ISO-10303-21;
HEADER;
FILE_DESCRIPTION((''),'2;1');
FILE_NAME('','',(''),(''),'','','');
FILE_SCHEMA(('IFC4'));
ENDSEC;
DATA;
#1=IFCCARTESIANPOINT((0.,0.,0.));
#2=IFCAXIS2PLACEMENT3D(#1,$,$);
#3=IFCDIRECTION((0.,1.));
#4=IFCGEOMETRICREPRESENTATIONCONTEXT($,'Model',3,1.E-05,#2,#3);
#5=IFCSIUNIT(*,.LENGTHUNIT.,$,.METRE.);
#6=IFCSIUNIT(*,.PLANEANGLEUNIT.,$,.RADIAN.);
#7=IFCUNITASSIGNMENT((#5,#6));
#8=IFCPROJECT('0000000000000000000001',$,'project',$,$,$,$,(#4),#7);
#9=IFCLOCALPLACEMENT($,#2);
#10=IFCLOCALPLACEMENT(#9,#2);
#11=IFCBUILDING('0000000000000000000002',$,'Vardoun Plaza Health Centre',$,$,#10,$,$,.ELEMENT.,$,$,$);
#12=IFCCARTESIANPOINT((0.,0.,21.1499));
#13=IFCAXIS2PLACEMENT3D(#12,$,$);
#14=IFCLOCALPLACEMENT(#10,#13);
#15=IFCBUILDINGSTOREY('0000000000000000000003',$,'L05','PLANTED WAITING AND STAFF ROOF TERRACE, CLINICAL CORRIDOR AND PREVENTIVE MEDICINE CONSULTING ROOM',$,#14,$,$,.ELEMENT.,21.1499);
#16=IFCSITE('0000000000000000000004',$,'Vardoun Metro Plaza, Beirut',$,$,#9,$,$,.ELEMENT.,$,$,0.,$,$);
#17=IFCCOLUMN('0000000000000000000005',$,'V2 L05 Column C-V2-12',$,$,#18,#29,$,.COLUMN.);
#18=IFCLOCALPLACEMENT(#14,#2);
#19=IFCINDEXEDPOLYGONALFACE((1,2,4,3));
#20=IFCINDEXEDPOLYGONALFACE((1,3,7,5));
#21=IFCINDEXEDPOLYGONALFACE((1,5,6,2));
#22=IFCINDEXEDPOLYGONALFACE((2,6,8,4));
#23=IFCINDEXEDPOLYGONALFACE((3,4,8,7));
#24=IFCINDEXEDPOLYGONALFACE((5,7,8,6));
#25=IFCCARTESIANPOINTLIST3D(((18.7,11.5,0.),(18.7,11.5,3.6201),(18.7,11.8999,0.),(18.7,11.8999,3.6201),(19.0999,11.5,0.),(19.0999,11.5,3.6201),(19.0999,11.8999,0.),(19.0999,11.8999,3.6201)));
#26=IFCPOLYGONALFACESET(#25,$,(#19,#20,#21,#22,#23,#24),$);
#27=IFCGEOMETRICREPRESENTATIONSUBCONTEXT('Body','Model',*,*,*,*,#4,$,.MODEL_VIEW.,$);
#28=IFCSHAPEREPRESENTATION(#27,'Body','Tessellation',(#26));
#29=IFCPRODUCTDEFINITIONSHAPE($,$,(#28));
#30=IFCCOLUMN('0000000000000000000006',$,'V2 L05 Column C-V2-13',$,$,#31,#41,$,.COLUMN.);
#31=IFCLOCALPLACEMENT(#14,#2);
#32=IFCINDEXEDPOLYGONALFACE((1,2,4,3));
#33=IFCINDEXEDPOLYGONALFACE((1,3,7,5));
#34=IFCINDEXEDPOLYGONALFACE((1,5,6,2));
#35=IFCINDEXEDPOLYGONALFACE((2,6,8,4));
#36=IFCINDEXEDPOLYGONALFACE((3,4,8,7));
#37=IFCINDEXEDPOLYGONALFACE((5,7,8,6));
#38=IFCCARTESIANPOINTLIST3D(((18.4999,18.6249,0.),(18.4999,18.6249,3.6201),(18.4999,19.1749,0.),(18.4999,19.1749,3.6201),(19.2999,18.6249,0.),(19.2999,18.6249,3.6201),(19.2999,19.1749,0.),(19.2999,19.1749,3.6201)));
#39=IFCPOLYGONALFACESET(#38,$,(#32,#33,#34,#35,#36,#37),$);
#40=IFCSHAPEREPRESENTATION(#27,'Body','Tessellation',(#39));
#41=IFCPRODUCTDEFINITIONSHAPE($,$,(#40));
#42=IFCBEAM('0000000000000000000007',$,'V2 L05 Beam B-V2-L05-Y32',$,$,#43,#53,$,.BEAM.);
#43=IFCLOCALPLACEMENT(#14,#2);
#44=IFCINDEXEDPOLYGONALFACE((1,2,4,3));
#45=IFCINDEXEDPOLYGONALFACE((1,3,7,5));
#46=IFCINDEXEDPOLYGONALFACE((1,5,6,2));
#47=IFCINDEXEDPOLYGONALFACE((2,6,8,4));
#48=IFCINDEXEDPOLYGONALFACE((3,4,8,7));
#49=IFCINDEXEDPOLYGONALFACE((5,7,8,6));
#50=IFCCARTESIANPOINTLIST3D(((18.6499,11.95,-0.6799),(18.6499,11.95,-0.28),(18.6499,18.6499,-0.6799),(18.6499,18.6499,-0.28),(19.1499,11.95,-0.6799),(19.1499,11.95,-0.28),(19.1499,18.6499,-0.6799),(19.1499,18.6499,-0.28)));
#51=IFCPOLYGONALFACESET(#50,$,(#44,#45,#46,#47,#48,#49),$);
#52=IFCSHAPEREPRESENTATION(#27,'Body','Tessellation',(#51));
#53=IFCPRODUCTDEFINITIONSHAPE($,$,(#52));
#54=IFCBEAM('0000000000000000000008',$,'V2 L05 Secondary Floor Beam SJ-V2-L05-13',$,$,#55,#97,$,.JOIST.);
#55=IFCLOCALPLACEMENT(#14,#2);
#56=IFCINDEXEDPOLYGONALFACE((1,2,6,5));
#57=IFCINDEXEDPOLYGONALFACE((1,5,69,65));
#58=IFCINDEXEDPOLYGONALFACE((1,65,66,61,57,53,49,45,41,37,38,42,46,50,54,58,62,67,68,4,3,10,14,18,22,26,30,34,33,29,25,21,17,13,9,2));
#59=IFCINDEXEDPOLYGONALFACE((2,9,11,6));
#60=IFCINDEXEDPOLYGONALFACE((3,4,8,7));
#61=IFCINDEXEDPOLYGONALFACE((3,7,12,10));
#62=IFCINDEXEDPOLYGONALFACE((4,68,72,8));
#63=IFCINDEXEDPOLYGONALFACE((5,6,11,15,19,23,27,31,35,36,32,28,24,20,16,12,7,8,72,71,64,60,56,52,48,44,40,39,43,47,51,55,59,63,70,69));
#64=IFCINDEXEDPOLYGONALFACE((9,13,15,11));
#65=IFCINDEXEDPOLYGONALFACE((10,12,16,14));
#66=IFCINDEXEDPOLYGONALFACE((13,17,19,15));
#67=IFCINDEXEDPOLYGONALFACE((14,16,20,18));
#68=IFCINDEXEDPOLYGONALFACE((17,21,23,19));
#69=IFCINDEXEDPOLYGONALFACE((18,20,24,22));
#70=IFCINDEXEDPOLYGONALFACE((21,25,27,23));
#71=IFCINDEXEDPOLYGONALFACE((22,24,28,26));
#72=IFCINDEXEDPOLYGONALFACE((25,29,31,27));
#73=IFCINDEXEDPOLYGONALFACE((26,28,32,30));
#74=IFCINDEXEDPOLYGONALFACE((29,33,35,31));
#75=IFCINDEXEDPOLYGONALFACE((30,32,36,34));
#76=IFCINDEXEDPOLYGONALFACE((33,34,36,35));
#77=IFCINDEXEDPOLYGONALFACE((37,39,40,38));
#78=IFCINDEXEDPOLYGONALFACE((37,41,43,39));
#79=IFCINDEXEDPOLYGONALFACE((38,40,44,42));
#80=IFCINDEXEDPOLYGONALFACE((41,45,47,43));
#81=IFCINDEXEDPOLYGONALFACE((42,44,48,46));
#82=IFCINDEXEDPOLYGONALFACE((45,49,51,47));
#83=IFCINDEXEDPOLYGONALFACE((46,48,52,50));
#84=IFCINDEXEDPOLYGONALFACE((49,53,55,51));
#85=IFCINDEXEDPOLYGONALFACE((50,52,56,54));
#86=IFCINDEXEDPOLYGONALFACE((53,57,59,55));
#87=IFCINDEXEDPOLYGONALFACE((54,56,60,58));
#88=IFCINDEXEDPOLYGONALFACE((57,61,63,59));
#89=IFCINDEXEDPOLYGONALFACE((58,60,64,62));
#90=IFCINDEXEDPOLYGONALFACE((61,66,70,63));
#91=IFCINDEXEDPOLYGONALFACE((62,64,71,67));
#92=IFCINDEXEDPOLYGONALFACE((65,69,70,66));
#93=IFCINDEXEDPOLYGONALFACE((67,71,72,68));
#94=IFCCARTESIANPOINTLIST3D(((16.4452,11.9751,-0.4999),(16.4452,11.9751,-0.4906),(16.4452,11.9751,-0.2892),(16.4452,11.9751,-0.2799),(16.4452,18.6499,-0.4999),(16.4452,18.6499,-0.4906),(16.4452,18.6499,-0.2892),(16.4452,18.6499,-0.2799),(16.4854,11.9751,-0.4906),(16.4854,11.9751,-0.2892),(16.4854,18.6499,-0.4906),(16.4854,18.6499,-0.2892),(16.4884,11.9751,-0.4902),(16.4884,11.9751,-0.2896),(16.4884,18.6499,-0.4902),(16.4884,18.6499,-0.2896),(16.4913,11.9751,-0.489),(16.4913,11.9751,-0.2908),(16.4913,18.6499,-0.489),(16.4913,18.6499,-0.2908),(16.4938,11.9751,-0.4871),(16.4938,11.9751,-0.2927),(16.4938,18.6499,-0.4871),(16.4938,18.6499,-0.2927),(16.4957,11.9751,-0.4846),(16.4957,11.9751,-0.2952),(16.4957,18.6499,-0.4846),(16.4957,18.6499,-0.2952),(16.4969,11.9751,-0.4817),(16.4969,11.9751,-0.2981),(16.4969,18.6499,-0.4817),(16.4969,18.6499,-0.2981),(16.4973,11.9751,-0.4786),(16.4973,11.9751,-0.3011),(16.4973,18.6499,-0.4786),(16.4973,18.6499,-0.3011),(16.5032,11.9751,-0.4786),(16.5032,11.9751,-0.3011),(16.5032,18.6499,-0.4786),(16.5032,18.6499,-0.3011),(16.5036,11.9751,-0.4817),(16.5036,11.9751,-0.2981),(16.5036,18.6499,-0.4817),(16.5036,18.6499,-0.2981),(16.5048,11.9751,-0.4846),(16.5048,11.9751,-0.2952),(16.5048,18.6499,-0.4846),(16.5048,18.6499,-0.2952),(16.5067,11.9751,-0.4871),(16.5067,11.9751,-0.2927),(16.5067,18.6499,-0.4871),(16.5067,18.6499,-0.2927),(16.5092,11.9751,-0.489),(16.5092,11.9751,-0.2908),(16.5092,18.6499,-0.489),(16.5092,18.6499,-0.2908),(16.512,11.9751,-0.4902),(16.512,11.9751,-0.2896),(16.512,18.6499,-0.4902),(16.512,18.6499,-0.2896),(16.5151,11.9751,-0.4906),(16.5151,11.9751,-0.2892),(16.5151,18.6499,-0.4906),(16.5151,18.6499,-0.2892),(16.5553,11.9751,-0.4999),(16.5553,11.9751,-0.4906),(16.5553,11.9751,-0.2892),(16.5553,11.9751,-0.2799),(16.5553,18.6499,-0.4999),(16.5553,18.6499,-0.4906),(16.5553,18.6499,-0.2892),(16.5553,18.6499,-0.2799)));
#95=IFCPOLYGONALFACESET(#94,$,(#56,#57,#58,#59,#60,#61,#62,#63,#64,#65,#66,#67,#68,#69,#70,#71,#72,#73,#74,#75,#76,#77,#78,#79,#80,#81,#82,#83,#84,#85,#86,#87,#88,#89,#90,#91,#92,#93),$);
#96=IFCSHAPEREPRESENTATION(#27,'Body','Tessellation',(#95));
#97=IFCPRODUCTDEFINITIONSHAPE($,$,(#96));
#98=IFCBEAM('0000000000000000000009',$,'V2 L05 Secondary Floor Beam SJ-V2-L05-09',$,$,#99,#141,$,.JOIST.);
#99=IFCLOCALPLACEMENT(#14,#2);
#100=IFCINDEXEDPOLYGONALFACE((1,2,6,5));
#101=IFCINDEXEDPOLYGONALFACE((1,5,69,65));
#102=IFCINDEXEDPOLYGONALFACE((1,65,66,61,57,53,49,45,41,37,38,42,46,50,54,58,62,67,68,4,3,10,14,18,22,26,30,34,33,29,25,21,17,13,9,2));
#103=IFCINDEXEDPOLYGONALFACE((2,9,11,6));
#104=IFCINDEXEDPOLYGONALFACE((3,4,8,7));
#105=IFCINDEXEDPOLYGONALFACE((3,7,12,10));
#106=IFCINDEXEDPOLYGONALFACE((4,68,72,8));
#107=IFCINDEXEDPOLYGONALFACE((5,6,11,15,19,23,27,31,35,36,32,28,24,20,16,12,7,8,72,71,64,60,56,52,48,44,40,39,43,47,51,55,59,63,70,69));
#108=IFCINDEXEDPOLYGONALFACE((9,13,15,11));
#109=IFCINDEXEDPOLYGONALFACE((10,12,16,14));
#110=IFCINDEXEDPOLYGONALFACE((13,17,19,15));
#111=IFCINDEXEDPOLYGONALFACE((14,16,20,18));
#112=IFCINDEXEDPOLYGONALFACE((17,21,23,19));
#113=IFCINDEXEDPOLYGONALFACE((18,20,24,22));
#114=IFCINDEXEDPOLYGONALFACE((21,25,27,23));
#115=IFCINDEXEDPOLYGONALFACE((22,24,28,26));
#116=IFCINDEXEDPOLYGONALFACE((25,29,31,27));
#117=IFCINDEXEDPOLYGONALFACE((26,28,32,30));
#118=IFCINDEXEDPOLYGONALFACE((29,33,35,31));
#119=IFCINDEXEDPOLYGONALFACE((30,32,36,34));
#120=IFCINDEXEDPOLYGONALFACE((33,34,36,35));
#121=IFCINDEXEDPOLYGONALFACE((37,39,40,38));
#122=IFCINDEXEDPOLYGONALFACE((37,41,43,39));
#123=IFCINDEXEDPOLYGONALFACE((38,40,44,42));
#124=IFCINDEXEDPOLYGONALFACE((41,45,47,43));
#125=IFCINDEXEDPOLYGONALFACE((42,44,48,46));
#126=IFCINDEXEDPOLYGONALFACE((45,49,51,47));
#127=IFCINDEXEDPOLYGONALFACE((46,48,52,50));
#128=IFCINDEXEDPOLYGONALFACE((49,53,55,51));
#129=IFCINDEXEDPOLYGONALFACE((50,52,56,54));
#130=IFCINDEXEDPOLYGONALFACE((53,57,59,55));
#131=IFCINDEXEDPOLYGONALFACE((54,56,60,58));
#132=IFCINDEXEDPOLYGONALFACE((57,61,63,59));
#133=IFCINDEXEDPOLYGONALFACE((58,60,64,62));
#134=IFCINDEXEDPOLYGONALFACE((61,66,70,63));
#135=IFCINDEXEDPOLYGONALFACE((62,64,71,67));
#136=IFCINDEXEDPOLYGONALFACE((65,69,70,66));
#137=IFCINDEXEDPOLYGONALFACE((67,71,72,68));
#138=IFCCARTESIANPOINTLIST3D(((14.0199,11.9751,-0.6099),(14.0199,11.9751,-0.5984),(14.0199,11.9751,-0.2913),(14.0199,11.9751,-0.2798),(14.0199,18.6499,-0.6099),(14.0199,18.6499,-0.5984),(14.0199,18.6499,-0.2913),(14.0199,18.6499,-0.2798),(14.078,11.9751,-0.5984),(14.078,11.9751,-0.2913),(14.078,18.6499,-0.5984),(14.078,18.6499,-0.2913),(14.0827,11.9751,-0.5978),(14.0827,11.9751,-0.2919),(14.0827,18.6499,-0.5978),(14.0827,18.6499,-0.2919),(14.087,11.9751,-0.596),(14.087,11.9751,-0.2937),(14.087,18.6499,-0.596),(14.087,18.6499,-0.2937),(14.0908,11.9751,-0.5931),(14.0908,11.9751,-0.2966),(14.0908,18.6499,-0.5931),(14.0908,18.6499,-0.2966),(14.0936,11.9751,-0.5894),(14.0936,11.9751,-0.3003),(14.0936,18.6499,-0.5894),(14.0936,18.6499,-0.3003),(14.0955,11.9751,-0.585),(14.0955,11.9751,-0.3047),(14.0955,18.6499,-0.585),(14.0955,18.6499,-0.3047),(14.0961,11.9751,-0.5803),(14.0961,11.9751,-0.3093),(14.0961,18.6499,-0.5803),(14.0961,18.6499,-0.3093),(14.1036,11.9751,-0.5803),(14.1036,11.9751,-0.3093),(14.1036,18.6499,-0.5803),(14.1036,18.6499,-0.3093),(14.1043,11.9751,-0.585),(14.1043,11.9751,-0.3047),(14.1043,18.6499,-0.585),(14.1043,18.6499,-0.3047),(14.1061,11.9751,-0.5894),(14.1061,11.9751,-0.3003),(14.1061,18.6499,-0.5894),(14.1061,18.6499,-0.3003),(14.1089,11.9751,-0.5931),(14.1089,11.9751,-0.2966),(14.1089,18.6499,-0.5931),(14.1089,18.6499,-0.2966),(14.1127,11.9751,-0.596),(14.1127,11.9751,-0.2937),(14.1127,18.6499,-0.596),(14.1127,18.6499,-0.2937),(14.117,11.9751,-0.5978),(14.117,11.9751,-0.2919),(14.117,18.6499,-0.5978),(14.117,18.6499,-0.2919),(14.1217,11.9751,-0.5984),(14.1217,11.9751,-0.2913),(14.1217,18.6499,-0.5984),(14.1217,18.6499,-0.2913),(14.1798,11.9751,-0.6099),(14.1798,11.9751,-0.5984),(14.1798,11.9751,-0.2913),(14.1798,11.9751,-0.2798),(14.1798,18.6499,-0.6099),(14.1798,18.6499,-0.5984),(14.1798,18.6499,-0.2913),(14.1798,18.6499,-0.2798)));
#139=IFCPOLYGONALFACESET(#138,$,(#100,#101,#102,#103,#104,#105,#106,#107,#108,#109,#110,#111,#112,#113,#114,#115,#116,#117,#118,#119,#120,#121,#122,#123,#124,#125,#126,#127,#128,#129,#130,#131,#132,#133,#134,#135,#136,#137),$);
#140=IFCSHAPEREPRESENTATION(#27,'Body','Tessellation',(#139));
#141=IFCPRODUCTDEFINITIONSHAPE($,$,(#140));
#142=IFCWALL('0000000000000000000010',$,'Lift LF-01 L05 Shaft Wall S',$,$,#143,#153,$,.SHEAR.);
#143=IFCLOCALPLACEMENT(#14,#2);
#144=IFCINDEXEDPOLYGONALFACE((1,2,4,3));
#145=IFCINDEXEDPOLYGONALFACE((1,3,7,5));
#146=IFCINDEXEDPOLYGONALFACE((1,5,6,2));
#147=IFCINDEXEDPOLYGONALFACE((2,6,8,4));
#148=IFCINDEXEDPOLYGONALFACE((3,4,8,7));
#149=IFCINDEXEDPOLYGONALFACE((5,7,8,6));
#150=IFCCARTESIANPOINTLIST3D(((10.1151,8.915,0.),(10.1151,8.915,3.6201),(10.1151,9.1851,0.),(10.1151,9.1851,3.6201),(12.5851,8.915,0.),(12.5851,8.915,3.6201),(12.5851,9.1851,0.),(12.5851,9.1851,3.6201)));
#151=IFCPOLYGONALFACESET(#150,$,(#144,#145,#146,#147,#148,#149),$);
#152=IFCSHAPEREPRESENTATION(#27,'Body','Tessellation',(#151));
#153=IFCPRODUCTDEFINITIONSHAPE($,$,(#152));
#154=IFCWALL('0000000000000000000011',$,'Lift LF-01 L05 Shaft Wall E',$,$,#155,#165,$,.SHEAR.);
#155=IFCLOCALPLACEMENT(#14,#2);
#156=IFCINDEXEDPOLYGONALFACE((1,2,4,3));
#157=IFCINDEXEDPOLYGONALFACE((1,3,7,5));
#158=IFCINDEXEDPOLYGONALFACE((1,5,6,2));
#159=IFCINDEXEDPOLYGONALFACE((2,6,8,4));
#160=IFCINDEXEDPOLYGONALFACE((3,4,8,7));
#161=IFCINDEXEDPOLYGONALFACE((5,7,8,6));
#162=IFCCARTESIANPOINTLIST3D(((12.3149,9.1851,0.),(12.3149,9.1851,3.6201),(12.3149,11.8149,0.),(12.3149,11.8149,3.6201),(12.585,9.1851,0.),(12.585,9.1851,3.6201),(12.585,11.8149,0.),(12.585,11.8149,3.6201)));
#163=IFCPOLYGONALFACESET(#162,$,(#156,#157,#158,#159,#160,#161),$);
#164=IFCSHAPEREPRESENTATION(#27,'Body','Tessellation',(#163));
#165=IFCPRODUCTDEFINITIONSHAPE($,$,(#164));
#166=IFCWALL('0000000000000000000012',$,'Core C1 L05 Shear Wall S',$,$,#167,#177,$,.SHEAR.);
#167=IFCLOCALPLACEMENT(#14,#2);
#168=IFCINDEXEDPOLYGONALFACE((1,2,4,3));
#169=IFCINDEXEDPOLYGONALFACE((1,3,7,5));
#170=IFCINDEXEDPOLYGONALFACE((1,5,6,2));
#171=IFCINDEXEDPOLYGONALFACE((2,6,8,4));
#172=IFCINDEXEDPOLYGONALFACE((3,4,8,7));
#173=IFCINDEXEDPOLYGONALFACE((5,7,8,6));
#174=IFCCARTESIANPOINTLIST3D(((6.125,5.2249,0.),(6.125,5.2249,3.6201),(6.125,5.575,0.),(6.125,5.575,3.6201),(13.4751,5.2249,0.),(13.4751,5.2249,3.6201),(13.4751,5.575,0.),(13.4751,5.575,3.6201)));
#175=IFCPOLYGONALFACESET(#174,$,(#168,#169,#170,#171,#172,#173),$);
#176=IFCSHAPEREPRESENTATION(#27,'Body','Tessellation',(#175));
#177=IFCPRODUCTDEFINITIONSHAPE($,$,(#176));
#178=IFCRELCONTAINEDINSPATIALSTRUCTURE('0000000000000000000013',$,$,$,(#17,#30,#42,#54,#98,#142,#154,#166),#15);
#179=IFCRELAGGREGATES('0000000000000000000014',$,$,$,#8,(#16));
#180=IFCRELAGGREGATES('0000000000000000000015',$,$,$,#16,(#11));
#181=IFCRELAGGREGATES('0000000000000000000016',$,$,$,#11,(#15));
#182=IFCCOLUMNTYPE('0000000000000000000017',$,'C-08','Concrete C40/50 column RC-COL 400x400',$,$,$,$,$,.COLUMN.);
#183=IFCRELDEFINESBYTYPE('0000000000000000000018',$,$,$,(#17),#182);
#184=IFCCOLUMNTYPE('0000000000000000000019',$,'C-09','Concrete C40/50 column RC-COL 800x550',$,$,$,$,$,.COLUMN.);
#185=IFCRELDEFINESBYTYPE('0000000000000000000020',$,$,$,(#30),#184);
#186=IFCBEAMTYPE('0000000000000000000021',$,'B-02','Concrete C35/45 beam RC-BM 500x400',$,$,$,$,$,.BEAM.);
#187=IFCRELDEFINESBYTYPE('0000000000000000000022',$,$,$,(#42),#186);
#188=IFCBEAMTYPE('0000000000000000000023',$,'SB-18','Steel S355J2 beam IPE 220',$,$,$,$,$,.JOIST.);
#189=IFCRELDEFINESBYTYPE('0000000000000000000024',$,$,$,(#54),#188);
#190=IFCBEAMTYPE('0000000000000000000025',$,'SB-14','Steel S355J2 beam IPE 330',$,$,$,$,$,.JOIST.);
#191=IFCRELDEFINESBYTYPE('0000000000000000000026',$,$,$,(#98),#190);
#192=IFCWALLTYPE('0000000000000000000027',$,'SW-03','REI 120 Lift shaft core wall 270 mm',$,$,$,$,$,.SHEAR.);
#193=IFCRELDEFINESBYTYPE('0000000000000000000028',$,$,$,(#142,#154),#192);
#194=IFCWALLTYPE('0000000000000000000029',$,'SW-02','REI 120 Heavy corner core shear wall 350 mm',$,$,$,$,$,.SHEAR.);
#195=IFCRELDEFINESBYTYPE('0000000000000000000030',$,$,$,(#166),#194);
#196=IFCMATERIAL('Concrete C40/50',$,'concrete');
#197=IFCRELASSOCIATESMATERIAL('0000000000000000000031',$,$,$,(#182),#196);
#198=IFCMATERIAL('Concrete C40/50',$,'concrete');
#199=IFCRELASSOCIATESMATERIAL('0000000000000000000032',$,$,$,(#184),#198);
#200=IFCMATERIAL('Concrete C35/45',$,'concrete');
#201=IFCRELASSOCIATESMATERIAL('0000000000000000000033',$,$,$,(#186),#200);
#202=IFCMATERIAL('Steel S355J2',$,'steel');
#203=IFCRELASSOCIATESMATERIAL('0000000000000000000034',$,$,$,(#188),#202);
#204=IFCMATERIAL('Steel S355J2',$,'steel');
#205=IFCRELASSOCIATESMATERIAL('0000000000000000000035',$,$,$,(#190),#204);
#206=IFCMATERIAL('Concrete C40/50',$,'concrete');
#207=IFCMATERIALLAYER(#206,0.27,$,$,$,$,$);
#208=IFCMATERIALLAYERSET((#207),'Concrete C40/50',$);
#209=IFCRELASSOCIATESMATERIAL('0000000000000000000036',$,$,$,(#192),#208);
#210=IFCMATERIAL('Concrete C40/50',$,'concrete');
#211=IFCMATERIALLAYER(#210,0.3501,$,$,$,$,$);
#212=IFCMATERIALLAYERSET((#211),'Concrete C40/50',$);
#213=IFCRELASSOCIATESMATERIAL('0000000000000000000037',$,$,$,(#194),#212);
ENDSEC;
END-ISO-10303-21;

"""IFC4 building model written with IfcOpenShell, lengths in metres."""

from ifc_helpers import new_model, si_unit, direction, frame, frame_2d, origin, origin_2d, place, context, subcontext, project, spatial, rectangle, i_section, extrude, material, layer, layer_set, material_profile, profile_set, type_object, element, save


model = new_model("IFC4")

# Units and contexts
model_context = context("Model", 3, precision=1e-05, world=origin(), true_north=direction((0.0, 1.0)))
body_context = subcontext(model_context, "Body", "Model", "MODEL_VIEW")
ifc_project = project(units=[si_unit("LENGTHUNIT", "METRE"), si_unit("PLANEANGLEUNIT", "RADIAN")], contexts=[model_context])

# Site, building, storey
site_placement = place(None, origin())
site = spatial("IfcSite", under=ifc_project, at=site_placement, Name="Vardoun Metro Plaza, Beirut", CompositionType="ELEMENT", RefElevation=0.0)
building_placement = place(site_placement, origin())
building = spatial("IfcBuilding", under=site, at=building_placement, Name="Vardoun Plaza Health Centre", CompositionType="ELEMENT")
storey_placement = place(building_placement, frame((0.0, 0.0, 21.1499)))
storey = spatial("IfcBuildingStorey", under=building, at=storey_placement, Name="L05", Description="PLANTED WAITING AND STAFF ROOF TERRACE, CLINICAL CORRIDOR AND PREVENTIVE MEDICINE CONSULTING ROOM", CompositionType="ELEMENT", Elevation=21.1499)

# Columns
ifc_material_1 = material(Name="Concrete C40/50", Category="concrete")
ifc_material_profile_1 = material_profile(ifc_material_1, rectangle(XDim=0.3999, YDim=0.3999, at=origin_2d()), Name="RC-COL 400x400")
ifc_profile_set_1 = profile_set([ifc_material_profile_1], Name="Concrete C40/50")
column_type_1 = type_object("IfcColumnType", Name="C-08", Description="Concrete C40/50 column RC-COL 400x400", PredefinedType="COLUMN", material=ifc_profile_set_1)
column_1_placement = place(storey_placement, frame((18.8999, 11.7, 0.0), z_axis=(0.0, 0.0, 1.0), x_axis=(1.0, 0.0, 0.0)))
element("IfcColumn", 1, at=column_1_placement, inside=storey, type_object=column_type_1, Name="V2 L05 Column C-V2-12", PredefinedType="COLUMN", context=body_context, shape_type="SweptSolid", body=[
    extrude(rectangle(XDim=0.3999, YDim=0.3999, at=origin_2d()), origin(), (0.0, 0.0, 1.0), 3.6201),
])
ifc_material_2 = material(Name="Concrete C40/50", Category="concrete")
ifc_material_profile_2 = material_profile(ifc_material_2, rectangle(XDim=0.8, YDim=0.55, at=origin_2d()), Name="RC-COL 800x550")
ifc_profile_set_2 = profile_set([ifc_material_profile_2], Name="Concrete C40/50")
column_type_2 = type_object("IfcColumnType", Name="C-09", Description="Concrete C40/50 column RC-COL 800x550", PredefinedType="COLUMN", material=ifc_profile_set_2)
column_2_placement = place(storey_placement, frame((18.8999, 18.8999, 0.0), z_axis=(0.0, 0.0, 1.0), x_axis=(1.0, 0.0, 0.0)))
element("IfcColumn", 2, at=column_2_placement, inside=storey, type_object=column_type_2, Name="V2 L05 Column C-V2-13", PredefinedType="COLUMN", context=body_context, shape_type="SweptSolid", body=[
    extrude(rectangle(XDim=0.8, YDim=0.55, at=origin_2d()), origin(), (0.0, 0.0, 1.0), 3.6201),
])

# Beams
ifc_material_3 = material(Name="Concrete C35/45", Category="concrete")
ifc_material_profile_3 = material_profile(ifc_material_3, rectangle(XDim=0.5, YDim=0.3999, at=origin_2d()), Name="RC-BM 500x400")
ifc_profile_set_3 = profile_set([ifc_material_profile_3], Name="Concrete C35/45")
beam_type_1 = type_object("IfcBeamType", Name="B-02", Description="Concrete C35/45 beam RC-BM 500x400", PredefinedType="BEAM", material=ifc_profile_set_3)
beam_1_placement = place(storey_placement, frame((18.8999, 11.95, -0.48), z_axis=(0.0, 1.0, 0.0), x_axis=(-1.0, 0.0, 0.0)))
element("IfcBeam", 3, at=beam_1_placement, inside=storey, type_object=beam_type_1, Name="V2 L05 Beam B-V2-L05-Y32", PredefinedType="BEAM", context=body_context, shape_type="SweptSolid", body=[
    extrude(rectangle(XDim=0.5, YDim=0.3999, at=origin_2d()), origin(), (0.0, 0.0, 1.0), 6.7),
])
ifc_material_4 = material(Name="Steel S355J2", Category="steel")
ifc_material_profile_4 = material_profile(ifc_material_4, i_section(OverallWidth=0.1101, OverallDepth=0.22, WebThickness=0.0059, FlangeThickness=0.0093, FilletRadius=0.012, at=origin_2d()), Name="IPE 220")
ifc_profile_set_4 = profile_set([ifc_material_profile_4], Name="Steel S355J2")
beam_type_2 = type_object("IfcBeamType", Name="SB-18", Description="Steel S355J2 beam IPE 220", PredefinedType="JOIST", material=ifc_profile_set_4)
beam_2_placement = place(storey_placement, frame((16.5002, 11.9751, -0.3899), z_axis=(0.0, 1.0, 0.0), x_axis=(-1.0, 0.0, 0.0)))
element("IfcBeam", 4, at=beam_2_placement, inside=storey, type_object=beam_type_2, Name="V2 L05 Secondary Floor Beam SJ-V2-L05-13", PredefinedType="JOIST", context=body_context, shape_type="SweptSolid", body=[
    extrude(i_section(OverallWidth=0.1101, OverallDepth=0.22, WebThickness=0.0059, FlangeThickness=0.0093, FilletRadius=0.012, at=origin_2d()), origin(), (0.0, 0.0, 1.0), 6.6748),
])
ifc_material_5 = material(Name="Steel S355J2", Category="steel")
ifc_material_profile_5 = material_profile(ifc_material_5, i_section(OverallWidth=0.1599, OverallDepth=0.3301, WebThickness=0.0076, FlangeThickness=0.0115, FilletRadius=0.0181, at=origin_2d()), Name="IPE 330")
ifc_profile_set_5 = profile_set([ifc_material_profile_5], Name="Steel S355J2")
beam_type_3 = type_object("IfcBeamType", Name="SB-14", Description="Steel S355J2 beam IPE 330", PredefinedType="JOIST", material=ifc_profile_set_5)
beam_3_placement = place(storey_placement, frame((14.0999, 11.9751, -0.4448), z_axis=(0.0, 1.0, 0.0), x_axis=(-1.0, 0.0, 0.0)))
element("IfcBeam", 5, at=beam_3_placement, inside=storey, type_object=beam_type_3, Name="V2 L05 Secondary Floor Beam SJ-V2-L05-09", PredefinedType="JOIST", context=body_context, shape_type="SweptSolid", body=[
    extrude(i_section(OverallWidth=0.1599, OverallDepth=0.3301, WebThickness=0.0076, FlangeThickness=0.0115, FilletRadius=0.0181, at=origin_2d()), origin(), (0.0, 0.0, 1.0), 6.6748),
])

# Walls
ifc_material_6 = material(Name="Concrete C40/50", Category="concrete")
ifc_layer_1 = layer(ifc_material_6, 0.27)
ifc_layer_set_1 = layer_set([ifc_layer_1], Name="Concrete C40/50")
wall_type_1 = type_object("IfcWallType", Name="SW-03", Description="REI 120 Lift shaft core wall 270 mm", PredefinedType="SHEAR", material=ifc_layer_set_1)
wall_1_placement = place(storey_placement, frame((12.585, 9.05, 0.0), z_axis=(0.0, 0.0, 1.0), x_axis=(-1.0, 0.0, 0.0)))
element("IfcWall", 6, at=wall_1_placement, inside=storey, type_object=wall_type_1, Name="Lift LF-01 L05 Shaft Wall S", PredefinedType="SHEAR", context=body_context, shape_type="SweptSolid", body=[
    extrude(rectangle(XDim=2.47, YDim=0.27, at=frame_2d((1.2349, 0.0))), origin(), (0.0, 0.0, 1.0), 3.6201),
])
wall_2_placement = place(storey_placement, frame((12.45, 11.8149, 0.0), z_axis=(0.0, 0.0, 1.0), x_axis=(0.0, -1.0, 0.0)))
element("IfcWall", 7, at=wall_2_placement, inside=storey, type_object=wall_type_1, Name="Lift LF-01 L05 Shaft Wall E", PredefinedType="SHEAR", context=body_context, shape_type="SweptSolid", body=[
    extrude(rectangle(XDim=2.6299, YDim=0.27, at=frame_2d((1.3149, 0.0))), origin(), (0.0, 0.0, 1.0), 3.6201),
])
ifc_material_7 = material(Name="Concrete C40/50", Category="concrete")
ifc_layer_2 = layer(ifc_material_7, 0.3501)
ifc_layer_set_2 = layer_set([ifc_layer_2], Name="Concrete C40/50")
wall_type_2 = type_object("IfcWallType", Name="SW-02", Description="REI 120 Heavy corner core shear wall 350 mm", PredefinedType="SHEAR", material=ifc_layer_set_2)
wall_3_placement = place(storey_placement, frame((13.4751, 5.3999, 0.0), z_axis=(0.0, 0.0, 1.0), x_axis=(-1.0, 0.0, 0.0)))
element("IfcWall", 8, at=wall_3_placement, inside=storey, type_object=wall_type_2, Name="Core C1 L05 Shear Wall S", PredefinedType="SHEAR", context=body_context, shape_type="SweptSolid", body=[
    extrude(rectangle(XDim=7.3501, YDim=0.3501, at=frame_2d((3.675, 0.0))), origin(), (0.0, 0.0, 1.0), 3.6201),
])

save(model, "model.ifc")
